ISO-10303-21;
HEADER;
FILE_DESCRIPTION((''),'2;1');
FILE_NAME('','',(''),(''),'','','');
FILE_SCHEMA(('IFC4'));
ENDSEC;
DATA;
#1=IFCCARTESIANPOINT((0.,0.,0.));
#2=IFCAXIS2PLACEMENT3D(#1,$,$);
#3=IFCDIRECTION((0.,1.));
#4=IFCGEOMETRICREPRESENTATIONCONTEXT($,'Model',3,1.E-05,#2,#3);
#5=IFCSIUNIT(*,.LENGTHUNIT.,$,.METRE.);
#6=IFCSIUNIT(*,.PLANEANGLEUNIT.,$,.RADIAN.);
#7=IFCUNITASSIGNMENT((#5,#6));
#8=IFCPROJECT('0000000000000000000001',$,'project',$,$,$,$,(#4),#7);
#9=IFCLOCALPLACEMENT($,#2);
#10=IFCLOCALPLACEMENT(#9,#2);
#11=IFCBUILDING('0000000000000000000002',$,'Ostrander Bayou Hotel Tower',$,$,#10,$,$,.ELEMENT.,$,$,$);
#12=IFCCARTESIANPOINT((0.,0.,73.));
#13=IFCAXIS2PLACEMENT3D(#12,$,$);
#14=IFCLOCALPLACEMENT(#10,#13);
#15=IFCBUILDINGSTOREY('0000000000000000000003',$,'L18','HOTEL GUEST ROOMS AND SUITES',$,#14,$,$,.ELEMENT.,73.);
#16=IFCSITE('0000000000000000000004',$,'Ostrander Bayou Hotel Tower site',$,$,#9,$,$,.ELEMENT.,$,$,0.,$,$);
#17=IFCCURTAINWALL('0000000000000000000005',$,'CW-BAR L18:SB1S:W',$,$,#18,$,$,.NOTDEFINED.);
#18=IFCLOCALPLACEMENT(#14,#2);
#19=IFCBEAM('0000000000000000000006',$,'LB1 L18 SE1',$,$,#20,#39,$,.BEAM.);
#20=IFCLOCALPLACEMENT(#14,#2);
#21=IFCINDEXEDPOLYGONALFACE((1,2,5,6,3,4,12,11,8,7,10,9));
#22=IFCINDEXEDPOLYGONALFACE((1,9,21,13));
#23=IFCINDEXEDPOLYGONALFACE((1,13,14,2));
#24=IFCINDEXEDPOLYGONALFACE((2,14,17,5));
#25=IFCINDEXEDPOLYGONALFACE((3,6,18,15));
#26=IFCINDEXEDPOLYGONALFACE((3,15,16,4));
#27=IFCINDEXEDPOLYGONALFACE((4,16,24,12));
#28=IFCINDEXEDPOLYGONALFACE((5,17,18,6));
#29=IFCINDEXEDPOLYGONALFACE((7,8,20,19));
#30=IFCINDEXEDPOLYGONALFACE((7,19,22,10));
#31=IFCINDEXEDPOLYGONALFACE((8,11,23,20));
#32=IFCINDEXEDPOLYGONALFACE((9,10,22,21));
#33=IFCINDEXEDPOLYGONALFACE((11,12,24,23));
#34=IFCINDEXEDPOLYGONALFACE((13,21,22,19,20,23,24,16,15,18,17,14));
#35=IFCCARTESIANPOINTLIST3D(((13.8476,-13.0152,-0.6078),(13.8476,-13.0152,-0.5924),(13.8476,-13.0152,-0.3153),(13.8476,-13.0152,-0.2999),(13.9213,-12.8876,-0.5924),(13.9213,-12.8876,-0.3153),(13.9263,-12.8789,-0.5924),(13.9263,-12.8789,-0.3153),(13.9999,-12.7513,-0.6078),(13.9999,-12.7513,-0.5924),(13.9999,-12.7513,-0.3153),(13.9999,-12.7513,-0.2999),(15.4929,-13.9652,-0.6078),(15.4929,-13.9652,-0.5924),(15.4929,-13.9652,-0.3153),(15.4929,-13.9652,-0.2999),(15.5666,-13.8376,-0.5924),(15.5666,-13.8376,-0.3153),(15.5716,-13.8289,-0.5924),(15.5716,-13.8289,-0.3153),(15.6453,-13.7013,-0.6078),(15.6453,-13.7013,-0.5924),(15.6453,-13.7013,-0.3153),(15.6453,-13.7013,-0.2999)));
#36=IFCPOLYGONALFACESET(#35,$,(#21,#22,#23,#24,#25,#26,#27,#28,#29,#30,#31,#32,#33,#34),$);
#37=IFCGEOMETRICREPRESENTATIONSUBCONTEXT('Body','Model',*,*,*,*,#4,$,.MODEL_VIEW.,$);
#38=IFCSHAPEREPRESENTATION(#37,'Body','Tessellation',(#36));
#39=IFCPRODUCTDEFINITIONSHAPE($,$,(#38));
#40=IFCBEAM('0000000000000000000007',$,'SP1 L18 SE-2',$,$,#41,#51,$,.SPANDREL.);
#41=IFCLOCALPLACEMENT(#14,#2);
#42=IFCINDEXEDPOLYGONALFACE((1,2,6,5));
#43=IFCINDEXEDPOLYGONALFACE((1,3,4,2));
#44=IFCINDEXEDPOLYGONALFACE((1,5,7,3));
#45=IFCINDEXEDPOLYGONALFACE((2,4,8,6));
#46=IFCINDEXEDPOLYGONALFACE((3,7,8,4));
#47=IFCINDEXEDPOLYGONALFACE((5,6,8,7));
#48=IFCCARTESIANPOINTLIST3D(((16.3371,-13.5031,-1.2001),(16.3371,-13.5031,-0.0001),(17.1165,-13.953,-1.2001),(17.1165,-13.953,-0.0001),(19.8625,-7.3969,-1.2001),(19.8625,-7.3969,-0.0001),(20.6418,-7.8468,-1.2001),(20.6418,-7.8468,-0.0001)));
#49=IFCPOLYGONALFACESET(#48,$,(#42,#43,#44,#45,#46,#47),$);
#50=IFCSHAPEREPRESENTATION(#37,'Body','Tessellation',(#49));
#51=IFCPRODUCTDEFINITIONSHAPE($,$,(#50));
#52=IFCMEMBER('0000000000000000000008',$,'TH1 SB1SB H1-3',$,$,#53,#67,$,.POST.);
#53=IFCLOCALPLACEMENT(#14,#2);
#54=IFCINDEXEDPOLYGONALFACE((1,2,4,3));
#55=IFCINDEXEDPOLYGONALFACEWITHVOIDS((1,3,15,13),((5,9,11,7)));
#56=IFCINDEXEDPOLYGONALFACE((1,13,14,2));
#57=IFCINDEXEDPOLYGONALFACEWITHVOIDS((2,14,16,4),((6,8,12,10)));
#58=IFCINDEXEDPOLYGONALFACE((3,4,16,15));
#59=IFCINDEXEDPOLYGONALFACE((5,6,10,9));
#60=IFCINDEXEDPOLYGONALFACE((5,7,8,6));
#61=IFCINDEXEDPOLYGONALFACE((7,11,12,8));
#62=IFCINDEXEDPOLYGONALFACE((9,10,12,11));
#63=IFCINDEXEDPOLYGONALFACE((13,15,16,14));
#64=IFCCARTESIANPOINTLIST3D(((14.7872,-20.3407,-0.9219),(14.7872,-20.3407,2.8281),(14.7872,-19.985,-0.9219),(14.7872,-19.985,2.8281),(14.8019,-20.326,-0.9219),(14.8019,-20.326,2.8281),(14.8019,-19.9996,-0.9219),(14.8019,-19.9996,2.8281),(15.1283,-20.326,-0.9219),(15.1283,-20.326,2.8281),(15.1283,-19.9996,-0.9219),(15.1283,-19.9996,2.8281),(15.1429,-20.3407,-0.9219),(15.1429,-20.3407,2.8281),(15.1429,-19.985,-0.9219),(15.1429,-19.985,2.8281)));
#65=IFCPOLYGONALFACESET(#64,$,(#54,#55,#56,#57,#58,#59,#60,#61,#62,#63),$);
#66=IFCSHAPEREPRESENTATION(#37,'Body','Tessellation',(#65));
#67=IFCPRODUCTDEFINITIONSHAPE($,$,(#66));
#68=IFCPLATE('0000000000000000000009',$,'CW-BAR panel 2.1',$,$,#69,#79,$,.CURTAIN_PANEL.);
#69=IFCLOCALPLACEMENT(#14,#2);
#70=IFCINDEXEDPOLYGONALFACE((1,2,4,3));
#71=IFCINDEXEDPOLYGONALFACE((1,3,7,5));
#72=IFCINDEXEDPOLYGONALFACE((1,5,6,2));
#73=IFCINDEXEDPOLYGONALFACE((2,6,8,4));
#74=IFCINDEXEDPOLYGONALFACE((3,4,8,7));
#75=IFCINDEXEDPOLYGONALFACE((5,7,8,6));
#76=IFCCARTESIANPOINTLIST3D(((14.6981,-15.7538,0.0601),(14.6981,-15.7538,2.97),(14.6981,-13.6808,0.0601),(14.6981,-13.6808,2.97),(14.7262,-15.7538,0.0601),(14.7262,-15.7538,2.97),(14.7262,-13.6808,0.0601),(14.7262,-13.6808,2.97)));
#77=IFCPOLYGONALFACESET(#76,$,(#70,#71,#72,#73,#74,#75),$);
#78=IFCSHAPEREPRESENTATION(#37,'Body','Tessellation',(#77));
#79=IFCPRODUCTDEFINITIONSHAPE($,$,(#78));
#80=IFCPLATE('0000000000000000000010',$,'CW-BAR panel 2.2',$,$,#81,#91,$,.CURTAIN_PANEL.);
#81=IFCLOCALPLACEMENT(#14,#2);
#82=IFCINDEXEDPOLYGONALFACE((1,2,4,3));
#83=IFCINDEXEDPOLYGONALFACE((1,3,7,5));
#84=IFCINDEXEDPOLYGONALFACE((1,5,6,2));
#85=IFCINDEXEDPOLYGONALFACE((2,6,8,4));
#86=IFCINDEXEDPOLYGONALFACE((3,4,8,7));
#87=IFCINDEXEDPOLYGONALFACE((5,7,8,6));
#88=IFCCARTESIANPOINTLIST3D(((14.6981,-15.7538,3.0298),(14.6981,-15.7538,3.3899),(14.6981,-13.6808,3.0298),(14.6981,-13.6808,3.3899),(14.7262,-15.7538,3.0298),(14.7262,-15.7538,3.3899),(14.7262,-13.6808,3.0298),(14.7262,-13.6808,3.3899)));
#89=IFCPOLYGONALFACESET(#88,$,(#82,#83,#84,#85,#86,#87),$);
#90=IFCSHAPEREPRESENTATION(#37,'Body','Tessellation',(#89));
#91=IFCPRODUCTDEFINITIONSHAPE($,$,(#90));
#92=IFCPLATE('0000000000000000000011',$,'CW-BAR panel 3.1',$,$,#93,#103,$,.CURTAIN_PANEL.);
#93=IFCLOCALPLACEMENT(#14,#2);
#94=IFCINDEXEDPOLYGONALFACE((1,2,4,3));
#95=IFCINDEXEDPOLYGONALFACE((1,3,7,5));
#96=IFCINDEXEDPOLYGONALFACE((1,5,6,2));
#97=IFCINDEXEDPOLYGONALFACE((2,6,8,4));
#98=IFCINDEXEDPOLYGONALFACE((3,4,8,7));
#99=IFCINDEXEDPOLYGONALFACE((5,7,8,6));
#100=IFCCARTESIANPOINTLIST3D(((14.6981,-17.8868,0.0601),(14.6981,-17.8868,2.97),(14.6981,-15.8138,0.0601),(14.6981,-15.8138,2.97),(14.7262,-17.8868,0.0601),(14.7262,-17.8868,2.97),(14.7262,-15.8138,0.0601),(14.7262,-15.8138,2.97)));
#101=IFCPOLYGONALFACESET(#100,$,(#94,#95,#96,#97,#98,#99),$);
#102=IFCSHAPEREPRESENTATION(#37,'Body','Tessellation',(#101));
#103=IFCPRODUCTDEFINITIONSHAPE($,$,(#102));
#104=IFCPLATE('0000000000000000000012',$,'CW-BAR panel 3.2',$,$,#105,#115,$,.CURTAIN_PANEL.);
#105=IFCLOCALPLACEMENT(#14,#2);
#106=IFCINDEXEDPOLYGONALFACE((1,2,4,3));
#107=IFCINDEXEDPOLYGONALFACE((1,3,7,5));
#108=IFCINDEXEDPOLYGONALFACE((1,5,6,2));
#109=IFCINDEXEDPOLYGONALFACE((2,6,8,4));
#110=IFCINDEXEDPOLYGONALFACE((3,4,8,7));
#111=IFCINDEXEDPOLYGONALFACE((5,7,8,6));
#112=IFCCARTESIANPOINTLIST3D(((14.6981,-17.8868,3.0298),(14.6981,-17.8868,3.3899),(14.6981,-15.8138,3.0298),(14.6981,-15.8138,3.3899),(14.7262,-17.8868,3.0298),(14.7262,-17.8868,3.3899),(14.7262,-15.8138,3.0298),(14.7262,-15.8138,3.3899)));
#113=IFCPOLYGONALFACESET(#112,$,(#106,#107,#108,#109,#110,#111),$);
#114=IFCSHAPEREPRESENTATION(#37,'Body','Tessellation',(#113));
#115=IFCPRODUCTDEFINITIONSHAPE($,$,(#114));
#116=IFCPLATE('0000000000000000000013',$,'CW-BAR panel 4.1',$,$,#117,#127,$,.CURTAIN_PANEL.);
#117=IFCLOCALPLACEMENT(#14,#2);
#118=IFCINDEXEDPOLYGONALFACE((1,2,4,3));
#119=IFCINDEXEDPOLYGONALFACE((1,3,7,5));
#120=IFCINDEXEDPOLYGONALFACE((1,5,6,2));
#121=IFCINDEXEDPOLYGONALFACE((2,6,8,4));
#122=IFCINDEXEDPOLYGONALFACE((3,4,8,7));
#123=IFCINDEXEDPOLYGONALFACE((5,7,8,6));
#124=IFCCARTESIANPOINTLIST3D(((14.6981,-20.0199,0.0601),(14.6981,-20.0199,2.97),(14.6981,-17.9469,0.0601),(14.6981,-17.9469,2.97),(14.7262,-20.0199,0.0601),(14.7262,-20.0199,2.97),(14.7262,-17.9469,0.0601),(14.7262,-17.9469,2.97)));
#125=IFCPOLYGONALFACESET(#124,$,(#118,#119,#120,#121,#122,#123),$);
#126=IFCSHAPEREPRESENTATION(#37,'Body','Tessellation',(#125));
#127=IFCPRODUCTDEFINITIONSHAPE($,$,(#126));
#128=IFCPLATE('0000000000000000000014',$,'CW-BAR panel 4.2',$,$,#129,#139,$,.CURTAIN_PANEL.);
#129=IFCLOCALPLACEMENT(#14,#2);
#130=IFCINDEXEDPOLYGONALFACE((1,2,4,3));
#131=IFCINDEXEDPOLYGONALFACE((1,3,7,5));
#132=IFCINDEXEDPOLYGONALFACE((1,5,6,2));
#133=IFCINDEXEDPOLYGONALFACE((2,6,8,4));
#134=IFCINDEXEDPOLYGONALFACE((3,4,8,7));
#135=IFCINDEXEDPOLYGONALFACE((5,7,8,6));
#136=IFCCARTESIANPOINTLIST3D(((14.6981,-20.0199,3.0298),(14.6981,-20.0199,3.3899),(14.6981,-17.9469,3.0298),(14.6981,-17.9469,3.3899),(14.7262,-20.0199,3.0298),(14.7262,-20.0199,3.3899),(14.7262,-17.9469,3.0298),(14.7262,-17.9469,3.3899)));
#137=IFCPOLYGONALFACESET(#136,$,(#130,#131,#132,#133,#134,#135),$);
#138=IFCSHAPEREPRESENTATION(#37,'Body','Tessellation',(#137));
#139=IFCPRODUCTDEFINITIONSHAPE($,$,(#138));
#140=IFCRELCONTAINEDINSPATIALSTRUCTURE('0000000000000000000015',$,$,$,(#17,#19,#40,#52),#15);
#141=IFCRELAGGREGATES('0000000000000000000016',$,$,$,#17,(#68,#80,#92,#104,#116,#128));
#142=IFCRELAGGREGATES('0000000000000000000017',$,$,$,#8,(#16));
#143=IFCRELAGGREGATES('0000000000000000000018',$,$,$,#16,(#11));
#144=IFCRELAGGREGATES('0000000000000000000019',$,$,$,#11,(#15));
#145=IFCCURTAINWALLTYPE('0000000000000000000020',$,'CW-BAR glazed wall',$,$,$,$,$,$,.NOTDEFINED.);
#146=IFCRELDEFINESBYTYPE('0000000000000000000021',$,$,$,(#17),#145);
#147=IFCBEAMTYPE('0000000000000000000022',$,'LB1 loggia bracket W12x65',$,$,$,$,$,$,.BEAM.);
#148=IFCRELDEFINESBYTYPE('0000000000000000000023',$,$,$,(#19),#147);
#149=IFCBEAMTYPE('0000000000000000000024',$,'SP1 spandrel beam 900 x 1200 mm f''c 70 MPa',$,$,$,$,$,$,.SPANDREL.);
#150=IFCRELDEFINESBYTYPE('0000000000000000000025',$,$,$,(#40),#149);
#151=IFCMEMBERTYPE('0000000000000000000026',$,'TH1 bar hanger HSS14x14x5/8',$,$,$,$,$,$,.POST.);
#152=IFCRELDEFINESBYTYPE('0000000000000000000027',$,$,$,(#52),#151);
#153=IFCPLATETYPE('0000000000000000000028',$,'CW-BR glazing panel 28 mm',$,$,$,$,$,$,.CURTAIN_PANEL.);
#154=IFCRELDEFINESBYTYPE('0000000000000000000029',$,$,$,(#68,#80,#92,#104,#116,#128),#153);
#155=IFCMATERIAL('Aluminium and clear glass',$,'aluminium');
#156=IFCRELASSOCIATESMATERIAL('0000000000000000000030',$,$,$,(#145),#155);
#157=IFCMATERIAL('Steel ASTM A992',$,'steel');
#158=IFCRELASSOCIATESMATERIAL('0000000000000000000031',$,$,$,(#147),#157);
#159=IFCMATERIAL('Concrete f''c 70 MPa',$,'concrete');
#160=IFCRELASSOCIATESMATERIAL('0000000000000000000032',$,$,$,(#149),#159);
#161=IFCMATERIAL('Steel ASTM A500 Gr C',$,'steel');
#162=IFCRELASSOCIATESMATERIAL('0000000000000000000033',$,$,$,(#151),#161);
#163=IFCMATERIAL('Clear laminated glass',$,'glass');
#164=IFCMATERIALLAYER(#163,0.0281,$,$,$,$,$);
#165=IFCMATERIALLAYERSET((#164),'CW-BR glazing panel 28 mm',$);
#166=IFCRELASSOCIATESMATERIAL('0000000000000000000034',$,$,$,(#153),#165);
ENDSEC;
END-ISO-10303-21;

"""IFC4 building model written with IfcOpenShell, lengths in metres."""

from ifc_helpers import new_model, si_unit, direction, frame, origin, origin_2d, place, context, subcontext, project, spatial, rectangle, hollow_rectangle, i_section, extrude, material, layer, layer_set, material_profile, profile_set, type_object, element, aggregate, save


model = new_model("IFC4")

# Units and contexts
model_context = context("Model", 3, precision=1e-05, world=origin(), true_north=direction((0.0, 1.0)))
body_context = subcontext(model_context, "Body", "Model", "MODEL_VIEW")
ifc_project = project(units=[si_unit("LENGTHUNIT", "METRE"), si_unit("PLANEANGLEUNIT", "RADIAN")], contexts=[model_context])

# Site, building, storey
site_placement = place(None, origin())
site = spatial("IfcSite", under=ifc_project, at=site_placement, Name="Ostrander Bayou Hotel Tower site", CompositionType="ELEMENT", RefElevation=0.0)
building_placement = place(site_placement, origin())
building = spatial("IfcBuilding", under=site, at=building_placement, Name="Ostrander Bayou Hotel Tower", CompositionType="ELEMENT")
storey_placement = place(building_placement, frame((0.0, 0.0, 73.0)))
storey = spatial("IfcBuildingStorey", under=building, at=storey_placement, Name="L18", Description="HOTEL GUEST ROOMS AND SUITES", CompositionType="ELEMENT", Elevation=73.0)

# Curtain wall
ifc_material_1 = material(Name="Aluminium and clear glass", Category="aluminium")
curtain_wall_type = type_object("IfcCurtainWallType", Name="CW-BAR glazed wall", PredefinedType="NOTDEFINED", material=ifc_material_1)
curtain_wall_placement = place(storey_placement, origin())
curtain_wall = element("IfcCurtainWall", 1, at=curtain_wall_placement, inside=storey, type_object=curtain_wall_type, Name="CW-BAR L18:SB1S:W", PredefinedType="NOTDEFINED")

# Beams
ifc_material_2 = material(Name="Steel ASTM A992", Category="steel")
ifc_material_profile_1 = material_profile(ifc_material_2, i_section(OverallWidth=0.3047, OverallDepth=0.3079, WebThickness=0.01, FlangeThickness=0.0154, at=origin_2d()))
ifc_profile_set_1 = profile_set([ifc_material_profile_1], Name="Steel ASTM A992")
beam_type_1 = type_object("IfcBeamType", Name="LB1 loggia bracket W12x65", PredefinedType="BEAM", material=ifc_profile_set_1)
beam_1_placement = place(storey_placement, frame((15.5691, -13.8333, -0.4539), z_axis=(-0.866012, 0.500023, 0.0), x_axis=(-0.500023, -0.866012, 0.0)))
element("IfcBeam", 2, at=beam_1_placement, inside=storey, type_object=beam_type_1, Name="LB1 L18 SE1", PredefinedType="BEAM", context=body_context, shape_type="SweptSolid", body=[
    extrude(i_section(OverallWidth=0.3047, OverallDepth=0.3079, WebThickness=0.01, FlangeThickness=0.0154, at=origin_2d()), origin(), (0.0, 0.0, 1.0), 1.8999),
])
ifc_material_3 = material(Name="Concrete f'c 70 MPa", Category="concrete")
ifc_material_profile_2 = material_profile(ifc_material_3, rectangle(XDim=0.8999, YDim=1.2, at=origin_2d()))
ifc_profile_set_2 = profile_set([ifc_material_profile_2], Name="Concrete f'c 70 MPa")
beam_type_2 = type_object("IfcBeamType", Name="SP1 spandrel beam 900 x 1200 mm f'c 70 MPa", PredefinedType="SPANDREL", material=ifc_profile_set_2)
beam_2_placement = place(storey_placement, frame((16.7268, -13.728, -0.6001), z_axis=(0.499997, 0.866027, 0.0), x_axis=(-0.866027, 0.499997, 0.0)))
element("IfcBeam", 3, at=beam_2_placement, inside=storey, type_object=beam_type_2, Name="SP1 L18 SE-2", PredefinedType="SPANDREL", context=body_context, shape_type="SweptSolid", body=[
    extrude(rectangle(XDim=0.8999, YDim=1.2, at=origin_2d()), origin(), (0.0, 0.0, 1.0), 7.0508),
])

# Member
ifc_material_4 = material(Name="Steel ASTM A500 Gr C", Category="steel")
ifc_material_profile_3 = material_profile(ifc_material_4, hollow_rectangle(XDim=0.3557, YDim=0.3557, WallThickness=0.0146, at=origin_2d()))
ifc_profile_set_3 = profile_set([ifc_material_profile_3], Name="Steel ASTM A500 Gr C")
member_type_1 = type_object("IfcMemberType", Name="TH1 bar hanger HSS14x14x5/8", PredefinedType="POST", material=ifc_profile_set_3)
member_1_placement = place(storey_placement, frame((14.9651, -20.1628, -0.9219), z_axis=(0.0, 0.0, 1.0), x_axis=(1.0, 0.0, 0.0)))
element("IfcMember", 4, at=member_1_placement, inside=storey, type_object=member_type_1, Name="TH1 SB1SB H1-3", PredefinedType="POST", context=body_context, shape_type="SweptSolid", body=[
    extrude(hollow_rectangle(XDim=0.3557, YDim=0.3557, WallThickness=0.0146, at=origin_2d()), origin(), (0.0, 0.0, 1.0), 3.75),
])

# Plates
ifc_material_5 = material(Name="Clear laminated glass", Category="glass")
ifc_layer = layer(ifc_material_5, 0.0281)
ifc_layer_set = layer_set([ifc_layer], Name="CW-BR glazing panel 28 mm")
plate_type = type_object("IfcPlateType", Name="CW-BR glazing panel 28 mm", PredefinedType="CURTAIN_PANEL", material=ifc_layer_set)
plate_1_placement = place(storey_placement, frame((14.7122, -14.7173, 0.0601), z_axis=(0.0, 0.0, 1.0), x_axis=(0.0, -1.0, 0.0)))
plate_1 = element("IfcPlate", 5, at=plate_1_placement, type_object=plate_type, Name="CW-BAR panel 2.1", PredefinedType="CURTAIN_PANEL", context=body_context, shape_type="SweptSolid", body=[
    extrude(rectangle(XDim=2.073, YDim=0.0281, at=origin_2d()), origin(), (0.0, 0.0, 1.0), 2.9099),
])
plate_2_placement = place(storey_placement, frame((14.7122, -14.7173, 3.0298), z_axis=(0.0, 0.0, 1.0), x_axis=(0.0, -1.0, 0.0)))
plate_2 = element("IfcPlate", 6, at=plate_2_placement, type_object=plate_type, Name="CW-BAR panel 2.2", PredefinedType="CURTAIN_PANEL", context=body_context, shape_type="SweptSolid", body=[
    extrude(rectangle(XDim=2.073, YDim=0.0281, at=origin_2d()), origin(), (0.0, 0.0, 1.0), 0.3601),
])
plate_3_placement = place(storey_placement, frame((14.7122, -16.8503, 0.0601), z_axis=(0.0, 0.0, 1.0), x_axis=(0.0, -1.0, 0.0)))
plate_3 = element("IfcPlate", 7, at=plate_3_placement, type_object=plate_type, Name="CW-BAR panel 3.1", PredefinedType="CURTAIN_PANEL", context=body_context, shape_type="SweptSolid", body=[
    extrude(rectangle(XDim=2.073, YDim=0.0281, at=origin_2d()), origin(), (0.0, 0.0, 1.0), 2.9099),
])
plate_4_placement = place(storey_placement, frame((14.7122, -16.8503, 3.0298), z_axis=(0.0, 0.0, 1.0), x_axis=(0.0, -1.0, 0.0)))
plate_4 = element("IfcPlate", 8, at=plate_4_placement, type_object=plate_type, Name="CW-BAR panel 3.2", PredefinedType="CURTAIN_PANEL", context=body_context, shape_type="SweptSolid", body=[
    extrude(rectangle(XDim=2.073, YDim=0.0281, at=origin_2d()), origin(), (0.0, 0.0, 1.0), 0.3601),
])
plate_5_placement = place(storey_placement, frame((14.7122, -18.9834, 0.0601), z_axis=(0.0, 0.0, 1.0), x_axis=(0.0, -1.0, 0.0)))
plate_5 = element("IfcPlate", 9, at=plate_5_placement, type_object=plate_type, Name="CW-BAR panel 4.1", PredefinedType="CURTAIN_PANEL", context=body_context, shape_type="SweptSolid", body=[
    extrude(rectangle(XDim=2.073, YDim=0.0281, at=origin_2d()), origin(), (0.0, 0.0, 1.0), 2.9099),
])
plate_6_placement = place(storey_placement, frame((14.7122, -18.9834, 3.0298), z_axis=(0.0, 0.0, 1.0), x_axis=(0.0, -1.0, 0.0)))
plate_6 = element("IfcPlate", 10, at=plate_6_placement, type_object=plate_type, Name="CW-BAR panel 4.2", PredefinedType="CURTAIN_PANEL", context=body_context, shape_type="SweptSolid", body=[
    extrude(rectangle(XDim=2.073, YDim=0.0281, at=origin_2d()), origin(), (0.0, 0.0, 1.0), 0.3601),
])
aggregate(curtain_wall, [plate_1, plate_2, plate_3, plate_4, plate_5, plate_6])

save(model, "model.ifc")
